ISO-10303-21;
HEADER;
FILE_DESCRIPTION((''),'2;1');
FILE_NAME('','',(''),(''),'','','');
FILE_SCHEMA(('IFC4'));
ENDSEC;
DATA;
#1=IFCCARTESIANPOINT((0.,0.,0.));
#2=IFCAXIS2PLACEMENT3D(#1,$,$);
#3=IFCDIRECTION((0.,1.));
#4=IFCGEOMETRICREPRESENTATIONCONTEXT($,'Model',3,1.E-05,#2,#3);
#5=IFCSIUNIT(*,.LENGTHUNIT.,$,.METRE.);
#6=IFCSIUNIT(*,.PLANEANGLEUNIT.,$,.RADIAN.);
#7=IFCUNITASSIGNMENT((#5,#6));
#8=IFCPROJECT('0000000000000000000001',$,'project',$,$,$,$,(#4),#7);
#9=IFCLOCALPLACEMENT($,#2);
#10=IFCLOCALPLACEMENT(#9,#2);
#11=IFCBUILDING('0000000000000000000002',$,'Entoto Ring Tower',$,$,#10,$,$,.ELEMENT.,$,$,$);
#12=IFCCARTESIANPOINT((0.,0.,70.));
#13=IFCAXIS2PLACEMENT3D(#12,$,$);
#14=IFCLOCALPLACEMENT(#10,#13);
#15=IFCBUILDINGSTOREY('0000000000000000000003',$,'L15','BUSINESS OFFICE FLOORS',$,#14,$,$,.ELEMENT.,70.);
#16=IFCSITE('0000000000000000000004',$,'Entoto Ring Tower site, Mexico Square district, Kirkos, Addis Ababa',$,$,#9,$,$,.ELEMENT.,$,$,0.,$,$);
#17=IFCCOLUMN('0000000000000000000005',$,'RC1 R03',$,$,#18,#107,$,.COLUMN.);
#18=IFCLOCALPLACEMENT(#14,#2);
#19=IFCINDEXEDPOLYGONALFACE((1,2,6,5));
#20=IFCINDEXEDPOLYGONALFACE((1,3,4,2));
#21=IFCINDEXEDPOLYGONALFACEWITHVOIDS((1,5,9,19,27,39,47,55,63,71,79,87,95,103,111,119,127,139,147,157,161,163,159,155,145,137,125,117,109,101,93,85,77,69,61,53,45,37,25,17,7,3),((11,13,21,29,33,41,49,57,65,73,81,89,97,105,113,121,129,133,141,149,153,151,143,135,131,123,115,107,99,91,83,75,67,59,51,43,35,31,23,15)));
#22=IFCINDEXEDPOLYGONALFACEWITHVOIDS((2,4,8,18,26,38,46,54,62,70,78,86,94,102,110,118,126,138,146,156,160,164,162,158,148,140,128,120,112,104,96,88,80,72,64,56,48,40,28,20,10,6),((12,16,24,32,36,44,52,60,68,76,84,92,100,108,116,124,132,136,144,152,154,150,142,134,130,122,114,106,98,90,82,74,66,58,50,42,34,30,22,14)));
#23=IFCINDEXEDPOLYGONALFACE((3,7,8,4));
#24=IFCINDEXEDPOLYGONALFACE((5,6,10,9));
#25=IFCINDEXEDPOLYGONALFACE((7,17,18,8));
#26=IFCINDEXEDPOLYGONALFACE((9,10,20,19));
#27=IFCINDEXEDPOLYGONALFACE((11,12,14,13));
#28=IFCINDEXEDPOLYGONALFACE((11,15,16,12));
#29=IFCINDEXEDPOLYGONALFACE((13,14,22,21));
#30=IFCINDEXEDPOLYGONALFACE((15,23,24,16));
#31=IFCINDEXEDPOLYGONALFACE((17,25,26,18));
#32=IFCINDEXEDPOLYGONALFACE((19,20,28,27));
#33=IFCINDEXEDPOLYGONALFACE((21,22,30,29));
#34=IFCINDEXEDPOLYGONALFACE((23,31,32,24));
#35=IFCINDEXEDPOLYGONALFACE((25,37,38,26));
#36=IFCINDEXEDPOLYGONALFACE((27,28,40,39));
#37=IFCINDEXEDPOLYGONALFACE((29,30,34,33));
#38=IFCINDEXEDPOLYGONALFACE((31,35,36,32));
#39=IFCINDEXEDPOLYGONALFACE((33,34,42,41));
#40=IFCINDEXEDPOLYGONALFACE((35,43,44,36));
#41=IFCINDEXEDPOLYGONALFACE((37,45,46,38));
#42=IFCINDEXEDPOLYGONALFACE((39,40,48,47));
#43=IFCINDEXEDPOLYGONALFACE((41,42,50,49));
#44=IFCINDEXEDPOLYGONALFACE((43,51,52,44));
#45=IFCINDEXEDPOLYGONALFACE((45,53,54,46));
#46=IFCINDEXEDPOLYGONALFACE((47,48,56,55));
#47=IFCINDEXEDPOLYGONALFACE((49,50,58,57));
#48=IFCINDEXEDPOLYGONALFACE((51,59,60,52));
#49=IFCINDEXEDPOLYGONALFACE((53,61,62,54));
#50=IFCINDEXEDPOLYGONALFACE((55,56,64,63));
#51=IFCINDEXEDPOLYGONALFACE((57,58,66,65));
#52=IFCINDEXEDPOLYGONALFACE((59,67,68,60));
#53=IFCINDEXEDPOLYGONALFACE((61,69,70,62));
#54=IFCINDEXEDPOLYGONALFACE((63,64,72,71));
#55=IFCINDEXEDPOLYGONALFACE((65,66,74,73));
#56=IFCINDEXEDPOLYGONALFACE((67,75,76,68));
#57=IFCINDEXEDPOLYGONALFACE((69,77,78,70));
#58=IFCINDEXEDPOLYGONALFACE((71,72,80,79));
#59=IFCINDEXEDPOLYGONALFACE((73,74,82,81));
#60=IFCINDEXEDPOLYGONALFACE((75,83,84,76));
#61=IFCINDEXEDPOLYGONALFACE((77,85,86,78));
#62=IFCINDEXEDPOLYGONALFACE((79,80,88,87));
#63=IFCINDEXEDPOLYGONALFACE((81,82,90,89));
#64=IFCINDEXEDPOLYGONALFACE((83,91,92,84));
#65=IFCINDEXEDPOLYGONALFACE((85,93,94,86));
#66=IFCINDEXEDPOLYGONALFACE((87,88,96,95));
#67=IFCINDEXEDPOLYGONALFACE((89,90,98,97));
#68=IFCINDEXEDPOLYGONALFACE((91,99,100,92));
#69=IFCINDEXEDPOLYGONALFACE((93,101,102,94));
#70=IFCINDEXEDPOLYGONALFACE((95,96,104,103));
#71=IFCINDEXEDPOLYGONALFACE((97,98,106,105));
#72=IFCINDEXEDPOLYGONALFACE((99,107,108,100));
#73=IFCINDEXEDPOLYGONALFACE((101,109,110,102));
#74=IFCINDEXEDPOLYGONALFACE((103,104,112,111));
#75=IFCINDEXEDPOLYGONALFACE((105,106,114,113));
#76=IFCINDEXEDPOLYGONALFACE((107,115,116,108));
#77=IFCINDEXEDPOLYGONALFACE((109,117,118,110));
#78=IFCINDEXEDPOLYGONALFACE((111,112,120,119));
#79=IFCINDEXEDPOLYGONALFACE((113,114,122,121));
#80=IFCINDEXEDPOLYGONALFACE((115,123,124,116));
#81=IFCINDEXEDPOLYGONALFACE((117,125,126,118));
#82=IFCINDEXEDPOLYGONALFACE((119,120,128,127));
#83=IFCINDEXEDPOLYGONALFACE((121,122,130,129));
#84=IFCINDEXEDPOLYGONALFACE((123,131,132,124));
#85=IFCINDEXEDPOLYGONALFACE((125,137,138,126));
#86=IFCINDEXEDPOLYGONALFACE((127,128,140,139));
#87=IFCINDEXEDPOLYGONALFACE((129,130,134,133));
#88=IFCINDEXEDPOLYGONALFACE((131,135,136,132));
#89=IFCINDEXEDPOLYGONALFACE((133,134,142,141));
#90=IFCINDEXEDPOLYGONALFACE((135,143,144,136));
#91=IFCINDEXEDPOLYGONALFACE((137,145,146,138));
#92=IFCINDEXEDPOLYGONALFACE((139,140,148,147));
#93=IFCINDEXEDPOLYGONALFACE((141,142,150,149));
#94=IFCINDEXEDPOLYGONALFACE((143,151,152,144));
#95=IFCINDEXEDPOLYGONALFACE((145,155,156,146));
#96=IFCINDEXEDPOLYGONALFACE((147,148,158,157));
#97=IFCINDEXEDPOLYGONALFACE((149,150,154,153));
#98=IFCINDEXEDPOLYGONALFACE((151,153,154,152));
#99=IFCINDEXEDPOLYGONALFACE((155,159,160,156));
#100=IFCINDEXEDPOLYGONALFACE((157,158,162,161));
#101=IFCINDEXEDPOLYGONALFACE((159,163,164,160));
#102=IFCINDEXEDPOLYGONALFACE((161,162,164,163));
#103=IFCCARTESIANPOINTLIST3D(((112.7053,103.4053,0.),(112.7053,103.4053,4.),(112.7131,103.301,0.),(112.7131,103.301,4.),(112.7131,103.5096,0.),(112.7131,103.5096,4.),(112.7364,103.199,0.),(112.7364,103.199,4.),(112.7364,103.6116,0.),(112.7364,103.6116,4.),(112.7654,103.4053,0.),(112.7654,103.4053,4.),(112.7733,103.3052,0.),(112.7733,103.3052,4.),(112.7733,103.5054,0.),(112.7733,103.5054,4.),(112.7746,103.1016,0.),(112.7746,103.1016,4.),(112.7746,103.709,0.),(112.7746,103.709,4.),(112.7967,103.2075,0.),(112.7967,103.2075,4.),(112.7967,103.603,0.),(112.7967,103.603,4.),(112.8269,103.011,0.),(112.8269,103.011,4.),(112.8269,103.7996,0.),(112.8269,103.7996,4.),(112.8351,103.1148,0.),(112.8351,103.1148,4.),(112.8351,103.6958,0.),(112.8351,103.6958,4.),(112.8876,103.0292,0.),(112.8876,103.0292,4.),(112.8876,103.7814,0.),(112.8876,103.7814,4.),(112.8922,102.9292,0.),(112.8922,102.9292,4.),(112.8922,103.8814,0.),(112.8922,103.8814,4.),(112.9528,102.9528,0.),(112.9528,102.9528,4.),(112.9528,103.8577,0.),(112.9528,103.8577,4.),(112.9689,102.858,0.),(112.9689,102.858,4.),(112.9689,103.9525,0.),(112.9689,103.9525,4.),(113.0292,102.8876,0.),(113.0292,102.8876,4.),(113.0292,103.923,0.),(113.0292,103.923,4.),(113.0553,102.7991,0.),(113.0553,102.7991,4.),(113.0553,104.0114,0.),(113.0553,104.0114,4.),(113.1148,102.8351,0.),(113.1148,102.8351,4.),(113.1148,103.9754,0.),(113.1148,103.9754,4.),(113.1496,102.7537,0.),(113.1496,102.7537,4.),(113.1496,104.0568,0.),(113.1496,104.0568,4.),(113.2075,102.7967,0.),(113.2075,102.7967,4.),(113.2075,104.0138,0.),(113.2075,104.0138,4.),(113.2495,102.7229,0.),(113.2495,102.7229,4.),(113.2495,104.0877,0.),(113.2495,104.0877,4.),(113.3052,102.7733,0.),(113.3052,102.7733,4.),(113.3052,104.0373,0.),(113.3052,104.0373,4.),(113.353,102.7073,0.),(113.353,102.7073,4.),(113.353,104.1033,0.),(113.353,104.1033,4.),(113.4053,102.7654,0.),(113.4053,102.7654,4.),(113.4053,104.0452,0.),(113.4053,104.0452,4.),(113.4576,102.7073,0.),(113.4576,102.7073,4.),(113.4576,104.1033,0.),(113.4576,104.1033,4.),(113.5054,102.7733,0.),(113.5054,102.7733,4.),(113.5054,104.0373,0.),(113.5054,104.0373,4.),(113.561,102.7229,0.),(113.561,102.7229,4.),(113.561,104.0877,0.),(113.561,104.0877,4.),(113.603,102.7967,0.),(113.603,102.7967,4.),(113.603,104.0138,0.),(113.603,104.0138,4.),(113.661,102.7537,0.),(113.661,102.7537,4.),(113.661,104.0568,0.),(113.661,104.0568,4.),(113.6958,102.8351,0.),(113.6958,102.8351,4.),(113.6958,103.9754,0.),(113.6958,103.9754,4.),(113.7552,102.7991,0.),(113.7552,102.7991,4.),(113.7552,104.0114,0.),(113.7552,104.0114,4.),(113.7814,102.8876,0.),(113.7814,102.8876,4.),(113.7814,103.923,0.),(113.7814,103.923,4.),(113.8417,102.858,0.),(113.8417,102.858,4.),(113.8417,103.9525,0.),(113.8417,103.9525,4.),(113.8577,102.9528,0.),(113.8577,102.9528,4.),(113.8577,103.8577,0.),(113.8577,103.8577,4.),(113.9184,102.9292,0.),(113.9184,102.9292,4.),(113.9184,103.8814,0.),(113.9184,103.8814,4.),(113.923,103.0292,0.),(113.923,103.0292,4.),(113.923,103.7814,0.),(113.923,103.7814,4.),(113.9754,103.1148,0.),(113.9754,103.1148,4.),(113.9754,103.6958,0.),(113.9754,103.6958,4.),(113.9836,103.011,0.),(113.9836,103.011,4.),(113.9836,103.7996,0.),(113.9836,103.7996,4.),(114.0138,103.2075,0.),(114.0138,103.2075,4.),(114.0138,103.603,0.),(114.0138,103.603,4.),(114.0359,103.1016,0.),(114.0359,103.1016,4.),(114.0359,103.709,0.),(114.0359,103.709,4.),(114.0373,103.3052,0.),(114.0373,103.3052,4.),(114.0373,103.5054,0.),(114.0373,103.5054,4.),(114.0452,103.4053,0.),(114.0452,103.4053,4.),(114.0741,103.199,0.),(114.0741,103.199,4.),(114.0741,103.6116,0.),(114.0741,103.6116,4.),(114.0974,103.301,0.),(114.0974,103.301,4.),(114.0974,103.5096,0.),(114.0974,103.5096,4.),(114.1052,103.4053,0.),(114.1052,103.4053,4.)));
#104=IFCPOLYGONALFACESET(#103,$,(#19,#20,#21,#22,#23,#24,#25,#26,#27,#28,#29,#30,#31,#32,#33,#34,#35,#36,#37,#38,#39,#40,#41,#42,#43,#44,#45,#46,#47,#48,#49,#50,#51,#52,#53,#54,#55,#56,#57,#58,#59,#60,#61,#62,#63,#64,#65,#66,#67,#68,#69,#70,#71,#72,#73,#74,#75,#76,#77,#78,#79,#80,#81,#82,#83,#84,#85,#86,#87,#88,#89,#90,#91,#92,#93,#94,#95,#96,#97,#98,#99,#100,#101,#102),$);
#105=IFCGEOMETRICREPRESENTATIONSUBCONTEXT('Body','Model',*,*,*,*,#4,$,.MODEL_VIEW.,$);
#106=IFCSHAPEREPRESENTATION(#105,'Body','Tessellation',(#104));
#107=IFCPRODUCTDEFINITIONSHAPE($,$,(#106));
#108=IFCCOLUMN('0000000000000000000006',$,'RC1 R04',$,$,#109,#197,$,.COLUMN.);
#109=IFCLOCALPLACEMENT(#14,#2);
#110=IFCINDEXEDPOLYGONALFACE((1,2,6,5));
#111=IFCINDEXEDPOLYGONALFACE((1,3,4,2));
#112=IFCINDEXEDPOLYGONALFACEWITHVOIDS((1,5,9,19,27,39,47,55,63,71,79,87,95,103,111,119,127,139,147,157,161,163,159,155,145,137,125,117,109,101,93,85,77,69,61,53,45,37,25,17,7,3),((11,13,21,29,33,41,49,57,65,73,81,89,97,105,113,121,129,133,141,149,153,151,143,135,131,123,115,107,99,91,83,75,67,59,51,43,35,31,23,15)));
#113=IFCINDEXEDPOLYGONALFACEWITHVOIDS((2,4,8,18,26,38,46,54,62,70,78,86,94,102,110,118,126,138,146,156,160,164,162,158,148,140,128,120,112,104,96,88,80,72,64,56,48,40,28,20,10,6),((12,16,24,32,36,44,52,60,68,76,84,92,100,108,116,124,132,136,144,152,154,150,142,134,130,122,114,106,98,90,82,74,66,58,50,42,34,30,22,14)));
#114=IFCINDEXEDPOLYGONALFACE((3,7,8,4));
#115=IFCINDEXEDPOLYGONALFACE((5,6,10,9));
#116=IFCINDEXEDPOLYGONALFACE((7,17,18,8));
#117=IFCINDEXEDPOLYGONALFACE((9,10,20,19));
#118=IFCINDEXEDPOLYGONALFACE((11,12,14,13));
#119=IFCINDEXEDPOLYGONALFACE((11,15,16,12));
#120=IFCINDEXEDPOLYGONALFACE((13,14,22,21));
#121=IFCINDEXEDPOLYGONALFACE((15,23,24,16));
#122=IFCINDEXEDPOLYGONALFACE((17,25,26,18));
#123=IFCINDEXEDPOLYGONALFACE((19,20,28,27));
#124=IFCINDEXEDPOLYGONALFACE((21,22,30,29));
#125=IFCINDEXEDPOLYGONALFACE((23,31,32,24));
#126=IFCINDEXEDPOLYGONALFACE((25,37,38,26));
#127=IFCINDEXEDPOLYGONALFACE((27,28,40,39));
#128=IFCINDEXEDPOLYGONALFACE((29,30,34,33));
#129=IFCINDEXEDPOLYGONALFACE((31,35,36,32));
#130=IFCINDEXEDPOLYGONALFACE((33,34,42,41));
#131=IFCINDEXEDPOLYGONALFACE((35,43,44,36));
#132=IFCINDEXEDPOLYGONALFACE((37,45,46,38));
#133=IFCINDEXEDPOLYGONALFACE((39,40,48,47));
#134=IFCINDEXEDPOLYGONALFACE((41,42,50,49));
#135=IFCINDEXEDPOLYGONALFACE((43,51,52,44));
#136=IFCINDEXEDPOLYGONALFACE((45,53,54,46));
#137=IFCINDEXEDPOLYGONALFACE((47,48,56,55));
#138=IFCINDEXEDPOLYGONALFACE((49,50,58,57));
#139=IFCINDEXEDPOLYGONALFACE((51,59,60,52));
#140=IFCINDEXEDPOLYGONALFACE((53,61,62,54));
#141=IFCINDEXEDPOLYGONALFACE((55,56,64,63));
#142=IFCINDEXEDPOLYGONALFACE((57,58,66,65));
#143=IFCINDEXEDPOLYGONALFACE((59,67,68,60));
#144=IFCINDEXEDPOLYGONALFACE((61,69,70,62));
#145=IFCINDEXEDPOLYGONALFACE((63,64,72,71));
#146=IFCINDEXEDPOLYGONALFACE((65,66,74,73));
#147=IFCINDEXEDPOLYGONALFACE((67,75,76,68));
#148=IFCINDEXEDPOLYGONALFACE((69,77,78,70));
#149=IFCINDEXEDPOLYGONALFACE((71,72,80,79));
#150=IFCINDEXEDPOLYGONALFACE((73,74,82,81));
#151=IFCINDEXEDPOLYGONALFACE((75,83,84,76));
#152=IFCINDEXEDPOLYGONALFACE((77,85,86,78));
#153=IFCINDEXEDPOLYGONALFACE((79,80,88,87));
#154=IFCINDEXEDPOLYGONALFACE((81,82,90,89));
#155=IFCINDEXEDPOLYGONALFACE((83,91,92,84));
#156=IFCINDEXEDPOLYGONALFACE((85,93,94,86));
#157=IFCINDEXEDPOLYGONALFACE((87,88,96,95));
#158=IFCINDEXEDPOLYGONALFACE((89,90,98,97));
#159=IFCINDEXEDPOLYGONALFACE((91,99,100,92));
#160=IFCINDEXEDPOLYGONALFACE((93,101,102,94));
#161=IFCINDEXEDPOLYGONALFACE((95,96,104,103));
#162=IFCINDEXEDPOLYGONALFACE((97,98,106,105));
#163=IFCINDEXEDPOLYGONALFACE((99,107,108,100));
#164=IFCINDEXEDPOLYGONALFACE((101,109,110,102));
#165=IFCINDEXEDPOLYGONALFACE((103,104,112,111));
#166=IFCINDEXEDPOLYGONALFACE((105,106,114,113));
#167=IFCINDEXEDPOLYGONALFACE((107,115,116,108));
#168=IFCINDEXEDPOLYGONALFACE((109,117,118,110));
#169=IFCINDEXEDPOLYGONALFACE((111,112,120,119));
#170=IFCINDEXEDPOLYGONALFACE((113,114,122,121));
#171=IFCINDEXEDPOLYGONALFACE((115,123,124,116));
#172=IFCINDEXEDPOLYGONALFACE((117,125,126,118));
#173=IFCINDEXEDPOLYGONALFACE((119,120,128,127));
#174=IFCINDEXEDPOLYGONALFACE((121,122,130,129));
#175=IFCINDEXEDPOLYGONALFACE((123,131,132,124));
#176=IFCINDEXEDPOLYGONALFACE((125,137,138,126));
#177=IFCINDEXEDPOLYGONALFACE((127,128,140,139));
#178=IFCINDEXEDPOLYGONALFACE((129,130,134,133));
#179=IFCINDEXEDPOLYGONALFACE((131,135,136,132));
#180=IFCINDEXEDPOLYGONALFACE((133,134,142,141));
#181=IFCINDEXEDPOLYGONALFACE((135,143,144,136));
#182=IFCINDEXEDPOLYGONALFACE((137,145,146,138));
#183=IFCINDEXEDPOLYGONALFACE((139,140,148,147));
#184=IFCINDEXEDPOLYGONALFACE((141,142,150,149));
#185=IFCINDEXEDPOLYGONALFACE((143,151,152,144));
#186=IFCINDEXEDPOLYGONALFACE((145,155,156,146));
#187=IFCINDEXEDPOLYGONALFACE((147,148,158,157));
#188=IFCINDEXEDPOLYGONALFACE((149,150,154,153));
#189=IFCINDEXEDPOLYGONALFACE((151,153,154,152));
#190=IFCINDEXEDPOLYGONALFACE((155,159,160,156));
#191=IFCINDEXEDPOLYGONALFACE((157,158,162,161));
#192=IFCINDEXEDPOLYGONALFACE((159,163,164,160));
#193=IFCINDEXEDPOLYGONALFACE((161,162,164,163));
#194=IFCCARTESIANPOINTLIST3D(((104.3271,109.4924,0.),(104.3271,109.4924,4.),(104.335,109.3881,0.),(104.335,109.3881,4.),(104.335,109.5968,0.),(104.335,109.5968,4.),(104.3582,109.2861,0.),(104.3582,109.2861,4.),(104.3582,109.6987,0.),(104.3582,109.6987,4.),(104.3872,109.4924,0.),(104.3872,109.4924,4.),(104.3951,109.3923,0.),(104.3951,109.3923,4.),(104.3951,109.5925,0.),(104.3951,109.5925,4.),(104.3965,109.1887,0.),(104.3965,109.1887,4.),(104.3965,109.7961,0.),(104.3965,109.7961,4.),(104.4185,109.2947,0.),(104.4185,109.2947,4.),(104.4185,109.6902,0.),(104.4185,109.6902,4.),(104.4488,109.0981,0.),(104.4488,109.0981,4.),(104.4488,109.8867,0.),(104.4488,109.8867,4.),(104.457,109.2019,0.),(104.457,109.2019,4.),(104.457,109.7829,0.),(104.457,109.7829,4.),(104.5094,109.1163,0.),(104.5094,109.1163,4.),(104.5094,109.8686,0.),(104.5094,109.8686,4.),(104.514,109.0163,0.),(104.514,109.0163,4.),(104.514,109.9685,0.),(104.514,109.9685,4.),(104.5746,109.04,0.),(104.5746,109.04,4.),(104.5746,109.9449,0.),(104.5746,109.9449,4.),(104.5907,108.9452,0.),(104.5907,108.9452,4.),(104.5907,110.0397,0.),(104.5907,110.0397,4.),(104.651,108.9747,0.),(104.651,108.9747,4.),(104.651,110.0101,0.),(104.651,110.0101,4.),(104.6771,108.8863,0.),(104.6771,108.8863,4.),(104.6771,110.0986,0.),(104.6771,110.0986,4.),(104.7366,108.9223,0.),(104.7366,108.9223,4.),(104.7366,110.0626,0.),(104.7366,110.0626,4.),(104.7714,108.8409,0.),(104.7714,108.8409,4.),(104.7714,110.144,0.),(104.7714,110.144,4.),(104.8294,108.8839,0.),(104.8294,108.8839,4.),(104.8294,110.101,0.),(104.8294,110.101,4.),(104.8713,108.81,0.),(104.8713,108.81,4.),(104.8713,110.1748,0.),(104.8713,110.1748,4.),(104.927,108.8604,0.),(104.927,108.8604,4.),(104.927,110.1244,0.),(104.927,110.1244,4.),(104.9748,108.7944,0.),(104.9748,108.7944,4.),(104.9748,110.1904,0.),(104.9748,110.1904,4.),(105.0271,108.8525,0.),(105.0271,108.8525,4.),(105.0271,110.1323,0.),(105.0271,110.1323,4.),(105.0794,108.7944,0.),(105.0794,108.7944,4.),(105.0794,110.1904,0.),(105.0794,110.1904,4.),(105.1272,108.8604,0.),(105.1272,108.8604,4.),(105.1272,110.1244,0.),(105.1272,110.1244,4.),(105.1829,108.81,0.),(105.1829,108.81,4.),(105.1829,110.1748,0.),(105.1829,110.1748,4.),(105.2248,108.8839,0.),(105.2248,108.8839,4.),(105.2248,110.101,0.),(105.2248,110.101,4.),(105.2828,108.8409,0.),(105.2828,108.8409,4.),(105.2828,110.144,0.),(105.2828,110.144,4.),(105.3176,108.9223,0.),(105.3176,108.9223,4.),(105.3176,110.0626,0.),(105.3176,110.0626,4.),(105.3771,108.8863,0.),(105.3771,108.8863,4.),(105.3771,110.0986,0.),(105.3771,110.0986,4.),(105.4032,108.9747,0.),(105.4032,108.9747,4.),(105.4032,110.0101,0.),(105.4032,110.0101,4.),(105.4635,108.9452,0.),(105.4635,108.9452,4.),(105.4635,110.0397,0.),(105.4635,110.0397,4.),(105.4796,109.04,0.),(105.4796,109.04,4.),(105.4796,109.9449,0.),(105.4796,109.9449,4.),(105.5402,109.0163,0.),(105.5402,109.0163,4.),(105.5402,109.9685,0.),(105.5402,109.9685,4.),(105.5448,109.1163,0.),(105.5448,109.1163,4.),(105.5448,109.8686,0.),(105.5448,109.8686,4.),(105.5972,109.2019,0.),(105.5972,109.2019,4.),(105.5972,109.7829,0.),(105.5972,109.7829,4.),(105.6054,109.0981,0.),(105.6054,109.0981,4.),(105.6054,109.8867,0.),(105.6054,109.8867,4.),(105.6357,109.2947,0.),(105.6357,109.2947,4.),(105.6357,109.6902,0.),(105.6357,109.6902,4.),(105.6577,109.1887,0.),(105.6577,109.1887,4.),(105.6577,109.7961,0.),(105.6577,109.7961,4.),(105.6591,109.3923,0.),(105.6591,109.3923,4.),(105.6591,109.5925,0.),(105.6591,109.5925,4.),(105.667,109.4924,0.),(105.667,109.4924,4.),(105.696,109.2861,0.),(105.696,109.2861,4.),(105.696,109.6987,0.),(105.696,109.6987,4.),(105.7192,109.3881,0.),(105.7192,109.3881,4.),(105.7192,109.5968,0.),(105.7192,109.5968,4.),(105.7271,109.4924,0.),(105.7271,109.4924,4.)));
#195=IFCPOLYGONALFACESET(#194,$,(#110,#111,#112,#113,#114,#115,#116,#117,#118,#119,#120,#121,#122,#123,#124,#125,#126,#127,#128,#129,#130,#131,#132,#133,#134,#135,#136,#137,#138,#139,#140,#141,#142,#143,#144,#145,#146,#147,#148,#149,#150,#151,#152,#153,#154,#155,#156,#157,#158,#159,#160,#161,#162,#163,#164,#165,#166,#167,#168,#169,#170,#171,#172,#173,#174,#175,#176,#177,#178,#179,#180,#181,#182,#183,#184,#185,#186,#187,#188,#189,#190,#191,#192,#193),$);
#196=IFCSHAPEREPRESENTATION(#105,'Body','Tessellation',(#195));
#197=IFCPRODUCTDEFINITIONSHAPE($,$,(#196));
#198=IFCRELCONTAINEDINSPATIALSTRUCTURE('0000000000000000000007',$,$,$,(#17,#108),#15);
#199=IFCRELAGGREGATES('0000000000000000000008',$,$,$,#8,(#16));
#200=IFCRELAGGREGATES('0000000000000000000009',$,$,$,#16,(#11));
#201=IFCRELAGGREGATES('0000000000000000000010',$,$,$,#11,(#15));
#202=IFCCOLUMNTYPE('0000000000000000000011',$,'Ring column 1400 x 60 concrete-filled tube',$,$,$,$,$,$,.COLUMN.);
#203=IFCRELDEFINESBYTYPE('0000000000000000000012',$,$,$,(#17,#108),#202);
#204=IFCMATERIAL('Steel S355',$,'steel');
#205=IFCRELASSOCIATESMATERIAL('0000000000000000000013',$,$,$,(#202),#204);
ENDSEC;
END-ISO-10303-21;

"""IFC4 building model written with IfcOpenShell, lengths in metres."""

from ifc_helpers import new_model, si_unit, direction, frame, origin, origin_2d, place, context, subcontext, project, spatial, circle, hollow_circle, extrude, material, material_profile, profile_set, type_object, element, save


model = new_model("IFC4")

# Units and contexts
model_context = context("Model", 3, precision=1e-05, world=origin(), true_north=direction((0.0, 1.0)))
body_context = subcontext(model_context, "Body", "Model", "MODEL_VIEW")
ifc_project = project(units=[si_unit("LENGTHUNIT", "METRE"), si_unit("PLANEANGLEUNIT", "RADIAN")], contexts=[model_context])

# Site, building, storey
site_placement = place(None, origin())
site = spatial("IfcSite", under=ifc_project, at=site_placement, Name="Entoto Ring Tower site, Mexico Square district, Kirkos, Addis Ababa", CompositionType="ELEMENT", RefElevation=0.0)
building_placement = place(site_placement, origin())
building = spatial("IfcBuilding", under=site, at=building_placement, Name="Entoto Ring Tower", CompositionType="ELEMENT")
storey_placement = place(building_placement, frame((0.0, 0.0, 70.0)))
storey = spatial("IfcBuildingStorey", under=building, at=storey_placement, Name="L15", Description="BUSINESS OFFICE FLOORS", CompositionType="ELEMENT", Elevation=70.0)

# Columns
ifc_material_1 = material(Name="Steel S355", Category="steel")
ifc_material_profile_1 = material_profile(ifc_material_1, hollow_circle(Radius=0.7, WallThickness=0.0601, at=origin_2d()), Name="CHS 1400 x 60")
ifc_material_2 = material(Name="Concrete C60/75", Category="concrete")
ifc_material_profile_2 = material_profile(ifc_material_2, circle(Radius=0.6399, at=origin_2d()), Name="Concrete C60/75 infill")
ifc_profile_set_1 = profile_set([ifc_material_profile_1, ifc_material_profile_2], Name="Steel S355")
column_type = type_object("IfcColumnType", Name="Ring column 1400 x 60 concrete-filled tube", PredefinedType="COLUMN", material=ifc_profile_set_1)
for number, where, z_axis, x_axis, name in (
    (1, (113.4053, 103.4053, 0.0), (0.0, 0.0, 1.0), (1.0, 0.0, 0.0), "RC1 R03"),
    (2, (105.0271, 109.4924, 0.0), (0.0, 0.0, 1.0), (1.0, 0.0, 0.0), "RC1 R04"),
):
    element("IfcColumn", number, at=place(storey_placement, frame(where, z_axis=z_axis, x_axis=x_axis)), inside=storey, type_object=column_type, Name=name, PredefinedType="COLUMN", context=body_context, shape_type="SweptSolid", body=[
        extrude(hollow_circle(Radius=0.7, WallThickness=0.0601, at=origin_2d()), origin(), (0.0, 0.0, 1.0), 4.0),
    ])

save(model, "model.ifc")
